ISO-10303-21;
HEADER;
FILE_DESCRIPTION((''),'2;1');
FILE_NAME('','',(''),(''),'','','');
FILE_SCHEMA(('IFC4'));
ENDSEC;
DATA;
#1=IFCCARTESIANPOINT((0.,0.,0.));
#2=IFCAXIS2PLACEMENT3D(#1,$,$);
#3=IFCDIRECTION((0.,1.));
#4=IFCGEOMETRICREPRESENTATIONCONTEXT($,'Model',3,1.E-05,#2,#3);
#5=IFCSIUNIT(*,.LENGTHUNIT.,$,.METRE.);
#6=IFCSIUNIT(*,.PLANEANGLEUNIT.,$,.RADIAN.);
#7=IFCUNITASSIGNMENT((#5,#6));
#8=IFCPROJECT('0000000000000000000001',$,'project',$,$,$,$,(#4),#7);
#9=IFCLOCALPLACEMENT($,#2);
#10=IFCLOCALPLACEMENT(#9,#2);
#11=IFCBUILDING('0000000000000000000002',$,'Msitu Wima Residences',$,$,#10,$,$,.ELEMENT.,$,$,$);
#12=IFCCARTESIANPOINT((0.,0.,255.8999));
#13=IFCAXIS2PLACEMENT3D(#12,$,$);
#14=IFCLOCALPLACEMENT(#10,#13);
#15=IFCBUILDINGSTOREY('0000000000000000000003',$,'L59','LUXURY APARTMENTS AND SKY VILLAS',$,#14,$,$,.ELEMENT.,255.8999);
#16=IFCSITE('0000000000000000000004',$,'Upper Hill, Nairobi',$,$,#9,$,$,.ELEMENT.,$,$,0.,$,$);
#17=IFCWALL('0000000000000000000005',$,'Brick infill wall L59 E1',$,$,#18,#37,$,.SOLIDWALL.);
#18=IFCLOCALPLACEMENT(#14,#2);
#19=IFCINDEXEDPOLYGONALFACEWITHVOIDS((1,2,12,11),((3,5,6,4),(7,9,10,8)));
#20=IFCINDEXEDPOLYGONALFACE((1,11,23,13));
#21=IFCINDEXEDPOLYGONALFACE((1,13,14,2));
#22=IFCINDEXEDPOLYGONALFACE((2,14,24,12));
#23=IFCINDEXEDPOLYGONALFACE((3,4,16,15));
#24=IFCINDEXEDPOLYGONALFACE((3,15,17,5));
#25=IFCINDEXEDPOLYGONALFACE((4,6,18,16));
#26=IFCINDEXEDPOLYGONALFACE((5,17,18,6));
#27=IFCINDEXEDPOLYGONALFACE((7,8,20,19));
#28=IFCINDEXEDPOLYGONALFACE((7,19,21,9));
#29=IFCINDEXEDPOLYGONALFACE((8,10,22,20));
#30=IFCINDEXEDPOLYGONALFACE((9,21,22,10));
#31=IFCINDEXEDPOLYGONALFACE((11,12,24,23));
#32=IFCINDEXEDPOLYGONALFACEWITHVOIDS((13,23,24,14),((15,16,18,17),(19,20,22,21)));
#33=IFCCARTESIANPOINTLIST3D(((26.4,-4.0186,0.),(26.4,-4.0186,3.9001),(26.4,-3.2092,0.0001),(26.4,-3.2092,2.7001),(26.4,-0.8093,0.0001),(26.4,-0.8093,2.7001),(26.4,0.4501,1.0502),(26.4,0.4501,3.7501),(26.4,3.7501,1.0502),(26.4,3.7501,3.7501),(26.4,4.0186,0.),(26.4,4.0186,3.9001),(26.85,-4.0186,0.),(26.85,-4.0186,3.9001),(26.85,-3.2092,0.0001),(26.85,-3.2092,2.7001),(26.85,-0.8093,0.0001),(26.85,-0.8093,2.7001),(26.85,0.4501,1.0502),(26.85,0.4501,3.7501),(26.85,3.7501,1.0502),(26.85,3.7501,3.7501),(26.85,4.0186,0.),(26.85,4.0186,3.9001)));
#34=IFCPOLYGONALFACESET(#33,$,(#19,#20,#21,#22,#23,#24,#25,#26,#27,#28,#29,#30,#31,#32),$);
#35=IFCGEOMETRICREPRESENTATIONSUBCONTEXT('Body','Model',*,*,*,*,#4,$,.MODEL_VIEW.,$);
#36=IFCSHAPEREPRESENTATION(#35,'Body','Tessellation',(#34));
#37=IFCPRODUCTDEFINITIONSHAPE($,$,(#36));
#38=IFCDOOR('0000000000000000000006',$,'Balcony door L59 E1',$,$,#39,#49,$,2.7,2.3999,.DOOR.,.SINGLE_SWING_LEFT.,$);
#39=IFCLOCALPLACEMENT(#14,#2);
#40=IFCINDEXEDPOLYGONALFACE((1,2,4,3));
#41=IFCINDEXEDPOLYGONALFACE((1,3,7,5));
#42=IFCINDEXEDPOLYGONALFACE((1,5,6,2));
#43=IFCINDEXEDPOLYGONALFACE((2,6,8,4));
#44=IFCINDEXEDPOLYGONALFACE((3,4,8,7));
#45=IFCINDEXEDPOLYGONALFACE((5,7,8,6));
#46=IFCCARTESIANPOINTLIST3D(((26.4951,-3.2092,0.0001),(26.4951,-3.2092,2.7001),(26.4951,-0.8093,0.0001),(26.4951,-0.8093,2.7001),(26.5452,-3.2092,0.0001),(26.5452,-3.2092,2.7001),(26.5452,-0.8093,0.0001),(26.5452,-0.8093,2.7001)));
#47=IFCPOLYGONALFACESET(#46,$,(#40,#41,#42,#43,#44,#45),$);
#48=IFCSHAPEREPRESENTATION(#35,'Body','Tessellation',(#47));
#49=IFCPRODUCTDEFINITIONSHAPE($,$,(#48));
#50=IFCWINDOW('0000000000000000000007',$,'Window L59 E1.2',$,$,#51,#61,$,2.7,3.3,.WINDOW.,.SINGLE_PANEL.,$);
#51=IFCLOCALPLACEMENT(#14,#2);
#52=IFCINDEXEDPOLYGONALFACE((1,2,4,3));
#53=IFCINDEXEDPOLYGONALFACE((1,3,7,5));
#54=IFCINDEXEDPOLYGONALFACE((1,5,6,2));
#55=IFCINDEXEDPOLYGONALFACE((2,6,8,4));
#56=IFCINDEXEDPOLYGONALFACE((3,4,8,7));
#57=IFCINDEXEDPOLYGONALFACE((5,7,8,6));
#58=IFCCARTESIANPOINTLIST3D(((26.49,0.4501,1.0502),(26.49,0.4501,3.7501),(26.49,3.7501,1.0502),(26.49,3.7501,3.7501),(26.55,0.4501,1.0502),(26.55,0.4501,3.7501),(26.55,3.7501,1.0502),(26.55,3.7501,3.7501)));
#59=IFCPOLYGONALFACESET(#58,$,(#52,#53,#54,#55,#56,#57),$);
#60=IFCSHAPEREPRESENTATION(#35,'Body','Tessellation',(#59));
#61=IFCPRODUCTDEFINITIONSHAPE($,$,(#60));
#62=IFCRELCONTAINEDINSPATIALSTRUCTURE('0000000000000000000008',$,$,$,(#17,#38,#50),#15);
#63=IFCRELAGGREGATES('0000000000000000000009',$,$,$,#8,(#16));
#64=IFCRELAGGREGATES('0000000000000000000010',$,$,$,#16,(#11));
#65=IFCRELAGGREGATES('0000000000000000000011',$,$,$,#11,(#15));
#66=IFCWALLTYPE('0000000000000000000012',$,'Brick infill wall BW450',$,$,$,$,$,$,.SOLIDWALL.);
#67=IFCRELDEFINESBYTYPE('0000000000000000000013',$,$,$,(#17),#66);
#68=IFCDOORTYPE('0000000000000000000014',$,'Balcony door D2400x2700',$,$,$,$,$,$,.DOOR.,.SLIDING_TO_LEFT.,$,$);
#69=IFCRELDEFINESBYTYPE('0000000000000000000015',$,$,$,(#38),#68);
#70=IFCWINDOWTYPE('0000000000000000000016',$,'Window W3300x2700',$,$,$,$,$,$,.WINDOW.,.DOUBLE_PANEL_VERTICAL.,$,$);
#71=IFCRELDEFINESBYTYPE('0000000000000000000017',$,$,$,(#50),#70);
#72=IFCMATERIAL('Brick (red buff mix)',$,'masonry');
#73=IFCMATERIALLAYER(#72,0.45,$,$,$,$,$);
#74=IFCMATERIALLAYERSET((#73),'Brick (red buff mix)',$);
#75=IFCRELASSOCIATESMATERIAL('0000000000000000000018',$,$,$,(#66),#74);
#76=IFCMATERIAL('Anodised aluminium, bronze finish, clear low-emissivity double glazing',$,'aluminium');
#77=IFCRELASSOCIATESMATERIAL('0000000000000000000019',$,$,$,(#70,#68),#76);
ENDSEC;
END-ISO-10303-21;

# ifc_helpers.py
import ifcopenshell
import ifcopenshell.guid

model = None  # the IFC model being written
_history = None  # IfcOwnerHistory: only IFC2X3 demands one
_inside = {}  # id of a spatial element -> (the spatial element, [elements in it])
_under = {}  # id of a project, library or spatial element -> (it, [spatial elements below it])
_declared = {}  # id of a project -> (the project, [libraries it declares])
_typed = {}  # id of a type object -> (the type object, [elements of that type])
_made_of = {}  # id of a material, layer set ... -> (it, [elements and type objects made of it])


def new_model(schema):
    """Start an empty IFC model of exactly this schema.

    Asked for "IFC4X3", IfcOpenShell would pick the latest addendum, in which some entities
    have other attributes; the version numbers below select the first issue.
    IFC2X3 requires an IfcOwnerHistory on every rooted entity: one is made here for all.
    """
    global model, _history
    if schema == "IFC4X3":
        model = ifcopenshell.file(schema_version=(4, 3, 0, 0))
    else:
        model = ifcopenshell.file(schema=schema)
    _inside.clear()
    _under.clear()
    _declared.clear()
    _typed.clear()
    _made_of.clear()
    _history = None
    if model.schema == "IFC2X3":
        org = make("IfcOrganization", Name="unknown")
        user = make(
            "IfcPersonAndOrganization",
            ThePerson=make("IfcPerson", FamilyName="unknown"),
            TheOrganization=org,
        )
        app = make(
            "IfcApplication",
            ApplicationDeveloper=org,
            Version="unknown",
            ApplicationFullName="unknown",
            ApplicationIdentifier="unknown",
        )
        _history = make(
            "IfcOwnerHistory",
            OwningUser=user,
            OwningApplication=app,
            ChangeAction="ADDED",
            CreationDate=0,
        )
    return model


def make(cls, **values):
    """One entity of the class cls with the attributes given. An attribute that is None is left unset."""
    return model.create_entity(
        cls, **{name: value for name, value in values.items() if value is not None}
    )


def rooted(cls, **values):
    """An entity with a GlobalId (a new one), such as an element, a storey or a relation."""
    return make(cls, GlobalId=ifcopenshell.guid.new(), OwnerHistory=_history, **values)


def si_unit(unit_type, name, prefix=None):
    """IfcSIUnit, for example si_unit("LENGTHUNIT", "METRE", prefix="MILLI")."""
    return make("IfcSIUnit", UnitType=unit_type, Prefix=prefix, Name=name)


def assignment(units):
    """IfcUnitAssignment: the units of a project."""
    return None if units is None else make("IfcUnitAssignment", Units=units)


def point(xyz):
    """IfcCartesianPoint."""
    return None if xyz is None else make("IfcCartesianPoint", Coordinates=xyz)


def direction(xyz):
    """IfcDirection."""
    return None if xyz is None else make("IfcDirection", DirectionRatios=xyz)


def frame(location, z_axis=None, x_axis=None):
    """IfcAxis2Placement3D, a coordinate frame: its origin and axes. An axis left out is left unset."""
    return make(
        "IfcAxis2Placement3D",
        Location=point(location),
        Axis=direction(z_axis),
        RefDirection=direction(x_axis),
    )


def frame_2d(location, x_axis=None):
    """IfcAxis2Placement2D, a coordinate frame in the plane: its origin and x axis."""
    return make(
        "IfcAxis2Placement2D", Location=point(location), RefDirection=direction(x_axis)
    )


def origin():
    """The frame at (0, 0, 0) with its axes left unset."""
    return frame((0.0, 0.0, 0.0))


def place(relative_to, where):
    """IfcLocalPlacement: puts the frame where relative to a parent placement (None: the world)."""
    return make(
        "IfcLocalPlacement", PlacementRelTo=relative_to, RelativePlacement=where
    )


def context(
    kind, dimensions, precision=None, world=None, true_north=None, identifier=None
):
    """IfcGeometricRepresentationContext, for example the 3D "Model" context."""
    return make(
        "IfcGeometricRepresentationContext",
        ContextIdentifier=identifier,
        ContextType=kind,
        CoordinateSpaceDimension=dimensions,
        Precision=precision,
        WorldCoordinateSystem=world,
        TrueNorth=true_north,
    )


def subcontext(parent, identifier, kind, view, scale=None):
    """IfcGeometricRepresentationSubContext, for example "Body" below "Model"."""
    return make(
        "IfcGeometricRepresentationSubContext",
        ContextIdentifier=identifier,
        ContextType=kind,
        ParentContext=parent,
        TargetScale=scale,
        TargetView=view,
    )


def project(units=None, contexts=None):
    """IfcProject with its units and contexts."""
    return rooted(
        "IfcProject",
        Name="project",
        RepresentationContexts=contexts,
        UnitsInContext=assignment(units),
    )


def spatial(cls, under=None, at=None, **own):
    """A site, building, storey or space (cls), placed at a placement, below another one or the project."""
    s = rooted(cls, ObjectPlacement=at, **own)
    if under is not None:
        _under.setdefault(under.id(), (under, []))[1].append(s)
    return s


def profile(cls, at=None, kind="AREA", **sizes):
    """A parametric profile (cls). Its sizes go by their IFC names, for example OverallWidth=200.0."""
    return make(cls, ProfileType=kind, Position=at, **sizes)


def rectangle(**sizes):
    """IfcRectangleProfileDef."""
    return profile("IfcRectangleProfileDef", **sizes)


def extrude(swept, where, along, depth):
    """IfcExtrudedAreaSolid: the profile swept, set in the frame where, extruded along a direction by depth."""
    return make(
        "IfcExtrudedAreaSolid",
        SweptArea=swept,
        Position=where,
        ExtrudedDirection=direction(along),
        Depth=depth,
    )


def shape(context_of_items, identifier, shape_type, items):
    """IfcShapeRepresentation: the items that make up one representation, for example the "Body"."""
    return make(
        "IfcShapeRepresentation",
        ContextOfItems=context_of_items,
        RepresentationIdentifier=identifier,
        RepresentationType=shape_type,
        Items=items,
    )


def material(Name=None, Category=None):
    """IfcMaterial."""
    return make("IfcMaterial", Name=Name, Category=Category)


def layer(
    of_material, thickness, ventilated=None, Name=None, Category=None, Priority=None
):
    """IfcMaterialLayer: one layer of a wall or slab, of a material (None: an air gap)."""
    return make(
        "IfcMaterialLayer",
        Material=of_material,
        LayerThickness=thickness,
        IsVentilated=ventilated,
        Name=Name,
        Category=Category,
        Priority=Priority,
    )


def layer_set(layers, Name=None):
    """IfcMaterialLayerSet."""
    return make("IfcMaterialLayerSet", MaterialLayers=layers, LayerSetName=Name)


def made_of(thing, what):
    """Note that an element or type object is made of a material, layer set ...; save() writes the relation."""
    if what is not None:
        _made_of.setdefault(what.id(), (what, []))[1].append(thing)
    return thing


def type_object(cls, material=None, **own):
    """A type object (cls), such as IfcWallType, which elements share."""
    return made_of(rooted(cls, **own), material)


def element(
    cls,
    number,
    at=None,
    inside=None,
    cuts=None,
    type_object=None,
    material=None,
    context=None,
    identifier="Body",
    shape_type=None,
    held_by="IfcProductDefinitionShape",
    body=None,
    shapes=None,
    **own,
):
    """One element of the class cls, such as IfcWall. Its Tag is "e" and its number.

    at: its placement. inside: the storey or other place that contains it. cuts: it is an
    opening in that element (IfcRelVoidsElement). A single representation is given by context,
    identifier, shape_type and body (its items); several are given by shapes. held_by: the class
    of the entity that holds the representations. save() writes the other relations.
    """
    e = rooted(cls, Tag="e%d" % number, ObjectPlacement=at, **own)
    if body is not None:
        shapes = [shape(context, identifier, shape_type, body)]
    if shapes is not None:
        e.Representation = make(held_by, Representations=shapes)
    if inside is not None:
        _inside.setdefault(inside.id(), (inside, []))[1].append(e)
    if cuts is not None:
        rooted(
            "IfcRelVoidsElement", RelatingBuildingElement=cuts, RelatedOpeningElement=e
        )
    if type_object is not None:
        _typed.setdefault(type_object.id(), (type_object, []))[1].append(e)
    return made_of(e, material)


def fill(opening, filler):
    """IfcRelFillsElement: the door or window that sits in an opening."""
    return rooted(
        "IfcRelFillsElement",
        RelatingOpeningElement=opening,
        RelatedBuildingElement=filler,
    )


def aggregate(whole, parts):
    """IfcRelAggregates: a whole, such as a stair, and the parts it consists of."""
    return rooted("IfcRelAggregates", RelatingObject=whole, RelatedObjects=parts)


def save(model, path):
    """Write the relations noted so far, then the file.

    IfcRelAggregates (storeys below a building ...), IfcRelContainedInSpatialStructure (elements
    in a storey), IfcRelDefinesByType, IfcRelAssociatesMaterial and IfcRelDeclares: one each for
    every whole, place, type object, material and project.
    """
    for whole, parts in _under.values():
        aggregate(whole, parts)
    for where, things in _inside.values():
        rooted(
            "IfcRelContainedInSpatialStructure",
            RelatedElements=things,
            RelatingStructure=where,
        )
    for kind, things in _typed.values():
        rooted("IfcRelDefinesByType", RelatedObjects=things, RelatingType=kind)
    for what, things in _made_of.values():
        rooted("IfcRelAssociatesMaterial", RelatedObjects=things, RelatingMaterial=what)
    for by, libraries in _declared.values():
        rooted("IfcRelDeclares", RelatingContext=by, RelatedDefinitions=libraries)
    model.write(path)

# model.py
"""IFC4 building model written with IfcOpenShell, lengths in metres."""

from ifc_helpers import new_model, si_unit, direction, frame, frame_2d, origin, place, context, subcontext, project, spatial, rectangle, extrude, material, layer, layer_set, type_object, element, fill, save


model = new_model("IFC4")

# Units and contexts
model_context = context("Model", 3, precision=1e-05, world=origin(), true_north=direction((0.0, 1.0)))
body_context = subcontext(model_context, "Body", "Model", "MODEL_VIEW")
ifc_project = project(units=[si_unit("LENGTHUNIT", "METRE"), si_unit("PLANEANGLEUNIT", "RADIAN")], contexts=[model_context])

# Site, building, storey
site_placement = place(None, origin())
site = spatial("IfcSite", under=ifc_project, at=site_placement, Name="Upper Hill, Nairobi", CompositionType="ELEMENT", RefElevation=0.0)
building_placement = place(site_placement, origin())
building = spatial("IfcBuilding", under=site, at=building_placement, Name="Msitu Wima Residences", CompositionType="ELEMENT")
storey_placement = place(building_placement, frame((0.0, 0.0, 255.8999)))
storey = spatial("IfcBuildingStorey", under=building, at=storey_placement, Name="L59", Description="LUXURY APARTMENTS AND SKY VILLAS", CompositionType="ELEMENT", Elevation=255.8999)

# Shared definitions
ifc_material_1 = material(Name="Brick (red buff mix)", Category="masonry")
ifc_layer_1 = layer(ifc_material_1, 0.45)
ifc_layer_set_1 = layer_set([ifc_layer_1], Name="Brick (red buff mix)")
wall_type_1 = type_object("IfcWallType", Name="Brick infill wall BW450", PredefinedType="SOLIDWALL", material=ifc_layer_set_1)
ifc_material_2 = material(Name="Anodised aluminium, bronze finish, clear low-emissivity double glazing", Category="aluminium")
window_type = type_object("IfcWindowType", Name="Window W3300x2700", PartitioningType="DOUBLE_PANEL_VERTICAL", PredefinedType="WINDOW", material=ifc_material_2)

# Wall, openings, door, window
wall_1_placement = place(storey_placement, frame((26.625, -4.0186, 0.0), z_axis=(0.0, 0.0, 1.0), x_axis=(0.0, 1.0, 0.0)))
wall_1 = element("IfcWall", 1, at=wall_1_placement, inside=storey, type_object=wall_type_1, Name="Brick infill wall L59 E1", PredefinedType="SOLIDWALL", context=body_context, shape_type="SweptSolid", body=[
    extrude(rectangle(XDim=8.0371, YDim=0.45, at=frame_2d((4.0186, 0.0))), origin(), (0.0, 0.0, 1.0), 3.9001),
])
opening_1_placement = place(wall_1_placement, frame((0.8093, 0.0, 0.0)))
opening_1 = element("IfcOpeningElement", 2, at=opening_1_placement, cuts=wall_1, PredefinedType="OPENING", context=body_context, shape_type="SweptSolid", body=[
    extrude(rectangle(XDim=2.3999, YDim=2.7, at=frame_2d((1.2, 1.3501))), frame((0.0, 0.2349, 0.0), z_axis=(0.0, -1.0, 0.0), x_axis=(1.0, 0.0, 0.0)), (0.0, 0.0, 1.0), 0.47),
])
opening_2_placement = place(wall_1_placement, frame((4.4688, 0.0, 1.05)))
opening_2 = element("IfcOpeningElement", 3, at=opening_2_placement, cuts=wall_1, PredefinedType="OPENING", context=body_context, shape_type="SweptSolid", body=[
    extrude(rectangle(XDim=3.3, YDim=2.7, at=frame_2d((1.6499, 1.3501))), frame((0.0, 0.2349, 0.0), z_axis=(0.0, -1.0, 0.0), x_axis=(1.0, 0.0, 0.0)), (0.0, 0.0, 1.0), 0.47),
])
door_type = type_object("IfcDoorType", Name="Balcony door D2400x2700", OperationType="SLIDING_TO_LEFT", PredefinedType="DOOR", material=ifc_material_2)
door_placement = place(opening_1_placement, origin())
door = element("IfcDoor", 4, at=door_placement, inside=storey, type_object=door_type, Name="Balcony door L59 E1", OperationType="SINGLE_SWING_LEFT", OverallHeight=2.7, OverallWidth=2.3999, PredefinedType="DOOR", context=body_context, shape_type="SweptSolid", body=[
    extrude(rectangle(XDim=2.3999, YDim=2.7, at=frame_2d((1.2, 1.3501))), frame((0.0, 0.1299, 0.0), z_axis=(0.0, -1.0, 0.0), x_axis=(1.0, 0.0, 0.0)), (0.0, 0.0, 1.0), 0.05),
])
fill(opening_1, door)
window_1_placement = place(opening_2_placement, origin())
window_1 = element("IfcWindow", 5, at=window_1_placement, inside=storey, type_object=window_type, Name="Window L59 E1.2", OverallHeight=2.7, OverallWidth=3.3, PartitioningType="SINGLE_PANEL", PredefinedType="WINDOW", context=body_context, shape_type="SweptSolid", body=[
    extrude(rectangle(XDim=3.3, YDim=2.7, at=frame_2d((1.6499, 1.3501))), frame((0.0, 0.135, 0.0), z_axis=(0.0, -1.0, 0.0), x_axis=(1.0, 0.0, 0.0)), (0.0, 0.0, 1.0), 0.0601),
])
fill(opening_2, window_1)

save(model, "model.ifc")
